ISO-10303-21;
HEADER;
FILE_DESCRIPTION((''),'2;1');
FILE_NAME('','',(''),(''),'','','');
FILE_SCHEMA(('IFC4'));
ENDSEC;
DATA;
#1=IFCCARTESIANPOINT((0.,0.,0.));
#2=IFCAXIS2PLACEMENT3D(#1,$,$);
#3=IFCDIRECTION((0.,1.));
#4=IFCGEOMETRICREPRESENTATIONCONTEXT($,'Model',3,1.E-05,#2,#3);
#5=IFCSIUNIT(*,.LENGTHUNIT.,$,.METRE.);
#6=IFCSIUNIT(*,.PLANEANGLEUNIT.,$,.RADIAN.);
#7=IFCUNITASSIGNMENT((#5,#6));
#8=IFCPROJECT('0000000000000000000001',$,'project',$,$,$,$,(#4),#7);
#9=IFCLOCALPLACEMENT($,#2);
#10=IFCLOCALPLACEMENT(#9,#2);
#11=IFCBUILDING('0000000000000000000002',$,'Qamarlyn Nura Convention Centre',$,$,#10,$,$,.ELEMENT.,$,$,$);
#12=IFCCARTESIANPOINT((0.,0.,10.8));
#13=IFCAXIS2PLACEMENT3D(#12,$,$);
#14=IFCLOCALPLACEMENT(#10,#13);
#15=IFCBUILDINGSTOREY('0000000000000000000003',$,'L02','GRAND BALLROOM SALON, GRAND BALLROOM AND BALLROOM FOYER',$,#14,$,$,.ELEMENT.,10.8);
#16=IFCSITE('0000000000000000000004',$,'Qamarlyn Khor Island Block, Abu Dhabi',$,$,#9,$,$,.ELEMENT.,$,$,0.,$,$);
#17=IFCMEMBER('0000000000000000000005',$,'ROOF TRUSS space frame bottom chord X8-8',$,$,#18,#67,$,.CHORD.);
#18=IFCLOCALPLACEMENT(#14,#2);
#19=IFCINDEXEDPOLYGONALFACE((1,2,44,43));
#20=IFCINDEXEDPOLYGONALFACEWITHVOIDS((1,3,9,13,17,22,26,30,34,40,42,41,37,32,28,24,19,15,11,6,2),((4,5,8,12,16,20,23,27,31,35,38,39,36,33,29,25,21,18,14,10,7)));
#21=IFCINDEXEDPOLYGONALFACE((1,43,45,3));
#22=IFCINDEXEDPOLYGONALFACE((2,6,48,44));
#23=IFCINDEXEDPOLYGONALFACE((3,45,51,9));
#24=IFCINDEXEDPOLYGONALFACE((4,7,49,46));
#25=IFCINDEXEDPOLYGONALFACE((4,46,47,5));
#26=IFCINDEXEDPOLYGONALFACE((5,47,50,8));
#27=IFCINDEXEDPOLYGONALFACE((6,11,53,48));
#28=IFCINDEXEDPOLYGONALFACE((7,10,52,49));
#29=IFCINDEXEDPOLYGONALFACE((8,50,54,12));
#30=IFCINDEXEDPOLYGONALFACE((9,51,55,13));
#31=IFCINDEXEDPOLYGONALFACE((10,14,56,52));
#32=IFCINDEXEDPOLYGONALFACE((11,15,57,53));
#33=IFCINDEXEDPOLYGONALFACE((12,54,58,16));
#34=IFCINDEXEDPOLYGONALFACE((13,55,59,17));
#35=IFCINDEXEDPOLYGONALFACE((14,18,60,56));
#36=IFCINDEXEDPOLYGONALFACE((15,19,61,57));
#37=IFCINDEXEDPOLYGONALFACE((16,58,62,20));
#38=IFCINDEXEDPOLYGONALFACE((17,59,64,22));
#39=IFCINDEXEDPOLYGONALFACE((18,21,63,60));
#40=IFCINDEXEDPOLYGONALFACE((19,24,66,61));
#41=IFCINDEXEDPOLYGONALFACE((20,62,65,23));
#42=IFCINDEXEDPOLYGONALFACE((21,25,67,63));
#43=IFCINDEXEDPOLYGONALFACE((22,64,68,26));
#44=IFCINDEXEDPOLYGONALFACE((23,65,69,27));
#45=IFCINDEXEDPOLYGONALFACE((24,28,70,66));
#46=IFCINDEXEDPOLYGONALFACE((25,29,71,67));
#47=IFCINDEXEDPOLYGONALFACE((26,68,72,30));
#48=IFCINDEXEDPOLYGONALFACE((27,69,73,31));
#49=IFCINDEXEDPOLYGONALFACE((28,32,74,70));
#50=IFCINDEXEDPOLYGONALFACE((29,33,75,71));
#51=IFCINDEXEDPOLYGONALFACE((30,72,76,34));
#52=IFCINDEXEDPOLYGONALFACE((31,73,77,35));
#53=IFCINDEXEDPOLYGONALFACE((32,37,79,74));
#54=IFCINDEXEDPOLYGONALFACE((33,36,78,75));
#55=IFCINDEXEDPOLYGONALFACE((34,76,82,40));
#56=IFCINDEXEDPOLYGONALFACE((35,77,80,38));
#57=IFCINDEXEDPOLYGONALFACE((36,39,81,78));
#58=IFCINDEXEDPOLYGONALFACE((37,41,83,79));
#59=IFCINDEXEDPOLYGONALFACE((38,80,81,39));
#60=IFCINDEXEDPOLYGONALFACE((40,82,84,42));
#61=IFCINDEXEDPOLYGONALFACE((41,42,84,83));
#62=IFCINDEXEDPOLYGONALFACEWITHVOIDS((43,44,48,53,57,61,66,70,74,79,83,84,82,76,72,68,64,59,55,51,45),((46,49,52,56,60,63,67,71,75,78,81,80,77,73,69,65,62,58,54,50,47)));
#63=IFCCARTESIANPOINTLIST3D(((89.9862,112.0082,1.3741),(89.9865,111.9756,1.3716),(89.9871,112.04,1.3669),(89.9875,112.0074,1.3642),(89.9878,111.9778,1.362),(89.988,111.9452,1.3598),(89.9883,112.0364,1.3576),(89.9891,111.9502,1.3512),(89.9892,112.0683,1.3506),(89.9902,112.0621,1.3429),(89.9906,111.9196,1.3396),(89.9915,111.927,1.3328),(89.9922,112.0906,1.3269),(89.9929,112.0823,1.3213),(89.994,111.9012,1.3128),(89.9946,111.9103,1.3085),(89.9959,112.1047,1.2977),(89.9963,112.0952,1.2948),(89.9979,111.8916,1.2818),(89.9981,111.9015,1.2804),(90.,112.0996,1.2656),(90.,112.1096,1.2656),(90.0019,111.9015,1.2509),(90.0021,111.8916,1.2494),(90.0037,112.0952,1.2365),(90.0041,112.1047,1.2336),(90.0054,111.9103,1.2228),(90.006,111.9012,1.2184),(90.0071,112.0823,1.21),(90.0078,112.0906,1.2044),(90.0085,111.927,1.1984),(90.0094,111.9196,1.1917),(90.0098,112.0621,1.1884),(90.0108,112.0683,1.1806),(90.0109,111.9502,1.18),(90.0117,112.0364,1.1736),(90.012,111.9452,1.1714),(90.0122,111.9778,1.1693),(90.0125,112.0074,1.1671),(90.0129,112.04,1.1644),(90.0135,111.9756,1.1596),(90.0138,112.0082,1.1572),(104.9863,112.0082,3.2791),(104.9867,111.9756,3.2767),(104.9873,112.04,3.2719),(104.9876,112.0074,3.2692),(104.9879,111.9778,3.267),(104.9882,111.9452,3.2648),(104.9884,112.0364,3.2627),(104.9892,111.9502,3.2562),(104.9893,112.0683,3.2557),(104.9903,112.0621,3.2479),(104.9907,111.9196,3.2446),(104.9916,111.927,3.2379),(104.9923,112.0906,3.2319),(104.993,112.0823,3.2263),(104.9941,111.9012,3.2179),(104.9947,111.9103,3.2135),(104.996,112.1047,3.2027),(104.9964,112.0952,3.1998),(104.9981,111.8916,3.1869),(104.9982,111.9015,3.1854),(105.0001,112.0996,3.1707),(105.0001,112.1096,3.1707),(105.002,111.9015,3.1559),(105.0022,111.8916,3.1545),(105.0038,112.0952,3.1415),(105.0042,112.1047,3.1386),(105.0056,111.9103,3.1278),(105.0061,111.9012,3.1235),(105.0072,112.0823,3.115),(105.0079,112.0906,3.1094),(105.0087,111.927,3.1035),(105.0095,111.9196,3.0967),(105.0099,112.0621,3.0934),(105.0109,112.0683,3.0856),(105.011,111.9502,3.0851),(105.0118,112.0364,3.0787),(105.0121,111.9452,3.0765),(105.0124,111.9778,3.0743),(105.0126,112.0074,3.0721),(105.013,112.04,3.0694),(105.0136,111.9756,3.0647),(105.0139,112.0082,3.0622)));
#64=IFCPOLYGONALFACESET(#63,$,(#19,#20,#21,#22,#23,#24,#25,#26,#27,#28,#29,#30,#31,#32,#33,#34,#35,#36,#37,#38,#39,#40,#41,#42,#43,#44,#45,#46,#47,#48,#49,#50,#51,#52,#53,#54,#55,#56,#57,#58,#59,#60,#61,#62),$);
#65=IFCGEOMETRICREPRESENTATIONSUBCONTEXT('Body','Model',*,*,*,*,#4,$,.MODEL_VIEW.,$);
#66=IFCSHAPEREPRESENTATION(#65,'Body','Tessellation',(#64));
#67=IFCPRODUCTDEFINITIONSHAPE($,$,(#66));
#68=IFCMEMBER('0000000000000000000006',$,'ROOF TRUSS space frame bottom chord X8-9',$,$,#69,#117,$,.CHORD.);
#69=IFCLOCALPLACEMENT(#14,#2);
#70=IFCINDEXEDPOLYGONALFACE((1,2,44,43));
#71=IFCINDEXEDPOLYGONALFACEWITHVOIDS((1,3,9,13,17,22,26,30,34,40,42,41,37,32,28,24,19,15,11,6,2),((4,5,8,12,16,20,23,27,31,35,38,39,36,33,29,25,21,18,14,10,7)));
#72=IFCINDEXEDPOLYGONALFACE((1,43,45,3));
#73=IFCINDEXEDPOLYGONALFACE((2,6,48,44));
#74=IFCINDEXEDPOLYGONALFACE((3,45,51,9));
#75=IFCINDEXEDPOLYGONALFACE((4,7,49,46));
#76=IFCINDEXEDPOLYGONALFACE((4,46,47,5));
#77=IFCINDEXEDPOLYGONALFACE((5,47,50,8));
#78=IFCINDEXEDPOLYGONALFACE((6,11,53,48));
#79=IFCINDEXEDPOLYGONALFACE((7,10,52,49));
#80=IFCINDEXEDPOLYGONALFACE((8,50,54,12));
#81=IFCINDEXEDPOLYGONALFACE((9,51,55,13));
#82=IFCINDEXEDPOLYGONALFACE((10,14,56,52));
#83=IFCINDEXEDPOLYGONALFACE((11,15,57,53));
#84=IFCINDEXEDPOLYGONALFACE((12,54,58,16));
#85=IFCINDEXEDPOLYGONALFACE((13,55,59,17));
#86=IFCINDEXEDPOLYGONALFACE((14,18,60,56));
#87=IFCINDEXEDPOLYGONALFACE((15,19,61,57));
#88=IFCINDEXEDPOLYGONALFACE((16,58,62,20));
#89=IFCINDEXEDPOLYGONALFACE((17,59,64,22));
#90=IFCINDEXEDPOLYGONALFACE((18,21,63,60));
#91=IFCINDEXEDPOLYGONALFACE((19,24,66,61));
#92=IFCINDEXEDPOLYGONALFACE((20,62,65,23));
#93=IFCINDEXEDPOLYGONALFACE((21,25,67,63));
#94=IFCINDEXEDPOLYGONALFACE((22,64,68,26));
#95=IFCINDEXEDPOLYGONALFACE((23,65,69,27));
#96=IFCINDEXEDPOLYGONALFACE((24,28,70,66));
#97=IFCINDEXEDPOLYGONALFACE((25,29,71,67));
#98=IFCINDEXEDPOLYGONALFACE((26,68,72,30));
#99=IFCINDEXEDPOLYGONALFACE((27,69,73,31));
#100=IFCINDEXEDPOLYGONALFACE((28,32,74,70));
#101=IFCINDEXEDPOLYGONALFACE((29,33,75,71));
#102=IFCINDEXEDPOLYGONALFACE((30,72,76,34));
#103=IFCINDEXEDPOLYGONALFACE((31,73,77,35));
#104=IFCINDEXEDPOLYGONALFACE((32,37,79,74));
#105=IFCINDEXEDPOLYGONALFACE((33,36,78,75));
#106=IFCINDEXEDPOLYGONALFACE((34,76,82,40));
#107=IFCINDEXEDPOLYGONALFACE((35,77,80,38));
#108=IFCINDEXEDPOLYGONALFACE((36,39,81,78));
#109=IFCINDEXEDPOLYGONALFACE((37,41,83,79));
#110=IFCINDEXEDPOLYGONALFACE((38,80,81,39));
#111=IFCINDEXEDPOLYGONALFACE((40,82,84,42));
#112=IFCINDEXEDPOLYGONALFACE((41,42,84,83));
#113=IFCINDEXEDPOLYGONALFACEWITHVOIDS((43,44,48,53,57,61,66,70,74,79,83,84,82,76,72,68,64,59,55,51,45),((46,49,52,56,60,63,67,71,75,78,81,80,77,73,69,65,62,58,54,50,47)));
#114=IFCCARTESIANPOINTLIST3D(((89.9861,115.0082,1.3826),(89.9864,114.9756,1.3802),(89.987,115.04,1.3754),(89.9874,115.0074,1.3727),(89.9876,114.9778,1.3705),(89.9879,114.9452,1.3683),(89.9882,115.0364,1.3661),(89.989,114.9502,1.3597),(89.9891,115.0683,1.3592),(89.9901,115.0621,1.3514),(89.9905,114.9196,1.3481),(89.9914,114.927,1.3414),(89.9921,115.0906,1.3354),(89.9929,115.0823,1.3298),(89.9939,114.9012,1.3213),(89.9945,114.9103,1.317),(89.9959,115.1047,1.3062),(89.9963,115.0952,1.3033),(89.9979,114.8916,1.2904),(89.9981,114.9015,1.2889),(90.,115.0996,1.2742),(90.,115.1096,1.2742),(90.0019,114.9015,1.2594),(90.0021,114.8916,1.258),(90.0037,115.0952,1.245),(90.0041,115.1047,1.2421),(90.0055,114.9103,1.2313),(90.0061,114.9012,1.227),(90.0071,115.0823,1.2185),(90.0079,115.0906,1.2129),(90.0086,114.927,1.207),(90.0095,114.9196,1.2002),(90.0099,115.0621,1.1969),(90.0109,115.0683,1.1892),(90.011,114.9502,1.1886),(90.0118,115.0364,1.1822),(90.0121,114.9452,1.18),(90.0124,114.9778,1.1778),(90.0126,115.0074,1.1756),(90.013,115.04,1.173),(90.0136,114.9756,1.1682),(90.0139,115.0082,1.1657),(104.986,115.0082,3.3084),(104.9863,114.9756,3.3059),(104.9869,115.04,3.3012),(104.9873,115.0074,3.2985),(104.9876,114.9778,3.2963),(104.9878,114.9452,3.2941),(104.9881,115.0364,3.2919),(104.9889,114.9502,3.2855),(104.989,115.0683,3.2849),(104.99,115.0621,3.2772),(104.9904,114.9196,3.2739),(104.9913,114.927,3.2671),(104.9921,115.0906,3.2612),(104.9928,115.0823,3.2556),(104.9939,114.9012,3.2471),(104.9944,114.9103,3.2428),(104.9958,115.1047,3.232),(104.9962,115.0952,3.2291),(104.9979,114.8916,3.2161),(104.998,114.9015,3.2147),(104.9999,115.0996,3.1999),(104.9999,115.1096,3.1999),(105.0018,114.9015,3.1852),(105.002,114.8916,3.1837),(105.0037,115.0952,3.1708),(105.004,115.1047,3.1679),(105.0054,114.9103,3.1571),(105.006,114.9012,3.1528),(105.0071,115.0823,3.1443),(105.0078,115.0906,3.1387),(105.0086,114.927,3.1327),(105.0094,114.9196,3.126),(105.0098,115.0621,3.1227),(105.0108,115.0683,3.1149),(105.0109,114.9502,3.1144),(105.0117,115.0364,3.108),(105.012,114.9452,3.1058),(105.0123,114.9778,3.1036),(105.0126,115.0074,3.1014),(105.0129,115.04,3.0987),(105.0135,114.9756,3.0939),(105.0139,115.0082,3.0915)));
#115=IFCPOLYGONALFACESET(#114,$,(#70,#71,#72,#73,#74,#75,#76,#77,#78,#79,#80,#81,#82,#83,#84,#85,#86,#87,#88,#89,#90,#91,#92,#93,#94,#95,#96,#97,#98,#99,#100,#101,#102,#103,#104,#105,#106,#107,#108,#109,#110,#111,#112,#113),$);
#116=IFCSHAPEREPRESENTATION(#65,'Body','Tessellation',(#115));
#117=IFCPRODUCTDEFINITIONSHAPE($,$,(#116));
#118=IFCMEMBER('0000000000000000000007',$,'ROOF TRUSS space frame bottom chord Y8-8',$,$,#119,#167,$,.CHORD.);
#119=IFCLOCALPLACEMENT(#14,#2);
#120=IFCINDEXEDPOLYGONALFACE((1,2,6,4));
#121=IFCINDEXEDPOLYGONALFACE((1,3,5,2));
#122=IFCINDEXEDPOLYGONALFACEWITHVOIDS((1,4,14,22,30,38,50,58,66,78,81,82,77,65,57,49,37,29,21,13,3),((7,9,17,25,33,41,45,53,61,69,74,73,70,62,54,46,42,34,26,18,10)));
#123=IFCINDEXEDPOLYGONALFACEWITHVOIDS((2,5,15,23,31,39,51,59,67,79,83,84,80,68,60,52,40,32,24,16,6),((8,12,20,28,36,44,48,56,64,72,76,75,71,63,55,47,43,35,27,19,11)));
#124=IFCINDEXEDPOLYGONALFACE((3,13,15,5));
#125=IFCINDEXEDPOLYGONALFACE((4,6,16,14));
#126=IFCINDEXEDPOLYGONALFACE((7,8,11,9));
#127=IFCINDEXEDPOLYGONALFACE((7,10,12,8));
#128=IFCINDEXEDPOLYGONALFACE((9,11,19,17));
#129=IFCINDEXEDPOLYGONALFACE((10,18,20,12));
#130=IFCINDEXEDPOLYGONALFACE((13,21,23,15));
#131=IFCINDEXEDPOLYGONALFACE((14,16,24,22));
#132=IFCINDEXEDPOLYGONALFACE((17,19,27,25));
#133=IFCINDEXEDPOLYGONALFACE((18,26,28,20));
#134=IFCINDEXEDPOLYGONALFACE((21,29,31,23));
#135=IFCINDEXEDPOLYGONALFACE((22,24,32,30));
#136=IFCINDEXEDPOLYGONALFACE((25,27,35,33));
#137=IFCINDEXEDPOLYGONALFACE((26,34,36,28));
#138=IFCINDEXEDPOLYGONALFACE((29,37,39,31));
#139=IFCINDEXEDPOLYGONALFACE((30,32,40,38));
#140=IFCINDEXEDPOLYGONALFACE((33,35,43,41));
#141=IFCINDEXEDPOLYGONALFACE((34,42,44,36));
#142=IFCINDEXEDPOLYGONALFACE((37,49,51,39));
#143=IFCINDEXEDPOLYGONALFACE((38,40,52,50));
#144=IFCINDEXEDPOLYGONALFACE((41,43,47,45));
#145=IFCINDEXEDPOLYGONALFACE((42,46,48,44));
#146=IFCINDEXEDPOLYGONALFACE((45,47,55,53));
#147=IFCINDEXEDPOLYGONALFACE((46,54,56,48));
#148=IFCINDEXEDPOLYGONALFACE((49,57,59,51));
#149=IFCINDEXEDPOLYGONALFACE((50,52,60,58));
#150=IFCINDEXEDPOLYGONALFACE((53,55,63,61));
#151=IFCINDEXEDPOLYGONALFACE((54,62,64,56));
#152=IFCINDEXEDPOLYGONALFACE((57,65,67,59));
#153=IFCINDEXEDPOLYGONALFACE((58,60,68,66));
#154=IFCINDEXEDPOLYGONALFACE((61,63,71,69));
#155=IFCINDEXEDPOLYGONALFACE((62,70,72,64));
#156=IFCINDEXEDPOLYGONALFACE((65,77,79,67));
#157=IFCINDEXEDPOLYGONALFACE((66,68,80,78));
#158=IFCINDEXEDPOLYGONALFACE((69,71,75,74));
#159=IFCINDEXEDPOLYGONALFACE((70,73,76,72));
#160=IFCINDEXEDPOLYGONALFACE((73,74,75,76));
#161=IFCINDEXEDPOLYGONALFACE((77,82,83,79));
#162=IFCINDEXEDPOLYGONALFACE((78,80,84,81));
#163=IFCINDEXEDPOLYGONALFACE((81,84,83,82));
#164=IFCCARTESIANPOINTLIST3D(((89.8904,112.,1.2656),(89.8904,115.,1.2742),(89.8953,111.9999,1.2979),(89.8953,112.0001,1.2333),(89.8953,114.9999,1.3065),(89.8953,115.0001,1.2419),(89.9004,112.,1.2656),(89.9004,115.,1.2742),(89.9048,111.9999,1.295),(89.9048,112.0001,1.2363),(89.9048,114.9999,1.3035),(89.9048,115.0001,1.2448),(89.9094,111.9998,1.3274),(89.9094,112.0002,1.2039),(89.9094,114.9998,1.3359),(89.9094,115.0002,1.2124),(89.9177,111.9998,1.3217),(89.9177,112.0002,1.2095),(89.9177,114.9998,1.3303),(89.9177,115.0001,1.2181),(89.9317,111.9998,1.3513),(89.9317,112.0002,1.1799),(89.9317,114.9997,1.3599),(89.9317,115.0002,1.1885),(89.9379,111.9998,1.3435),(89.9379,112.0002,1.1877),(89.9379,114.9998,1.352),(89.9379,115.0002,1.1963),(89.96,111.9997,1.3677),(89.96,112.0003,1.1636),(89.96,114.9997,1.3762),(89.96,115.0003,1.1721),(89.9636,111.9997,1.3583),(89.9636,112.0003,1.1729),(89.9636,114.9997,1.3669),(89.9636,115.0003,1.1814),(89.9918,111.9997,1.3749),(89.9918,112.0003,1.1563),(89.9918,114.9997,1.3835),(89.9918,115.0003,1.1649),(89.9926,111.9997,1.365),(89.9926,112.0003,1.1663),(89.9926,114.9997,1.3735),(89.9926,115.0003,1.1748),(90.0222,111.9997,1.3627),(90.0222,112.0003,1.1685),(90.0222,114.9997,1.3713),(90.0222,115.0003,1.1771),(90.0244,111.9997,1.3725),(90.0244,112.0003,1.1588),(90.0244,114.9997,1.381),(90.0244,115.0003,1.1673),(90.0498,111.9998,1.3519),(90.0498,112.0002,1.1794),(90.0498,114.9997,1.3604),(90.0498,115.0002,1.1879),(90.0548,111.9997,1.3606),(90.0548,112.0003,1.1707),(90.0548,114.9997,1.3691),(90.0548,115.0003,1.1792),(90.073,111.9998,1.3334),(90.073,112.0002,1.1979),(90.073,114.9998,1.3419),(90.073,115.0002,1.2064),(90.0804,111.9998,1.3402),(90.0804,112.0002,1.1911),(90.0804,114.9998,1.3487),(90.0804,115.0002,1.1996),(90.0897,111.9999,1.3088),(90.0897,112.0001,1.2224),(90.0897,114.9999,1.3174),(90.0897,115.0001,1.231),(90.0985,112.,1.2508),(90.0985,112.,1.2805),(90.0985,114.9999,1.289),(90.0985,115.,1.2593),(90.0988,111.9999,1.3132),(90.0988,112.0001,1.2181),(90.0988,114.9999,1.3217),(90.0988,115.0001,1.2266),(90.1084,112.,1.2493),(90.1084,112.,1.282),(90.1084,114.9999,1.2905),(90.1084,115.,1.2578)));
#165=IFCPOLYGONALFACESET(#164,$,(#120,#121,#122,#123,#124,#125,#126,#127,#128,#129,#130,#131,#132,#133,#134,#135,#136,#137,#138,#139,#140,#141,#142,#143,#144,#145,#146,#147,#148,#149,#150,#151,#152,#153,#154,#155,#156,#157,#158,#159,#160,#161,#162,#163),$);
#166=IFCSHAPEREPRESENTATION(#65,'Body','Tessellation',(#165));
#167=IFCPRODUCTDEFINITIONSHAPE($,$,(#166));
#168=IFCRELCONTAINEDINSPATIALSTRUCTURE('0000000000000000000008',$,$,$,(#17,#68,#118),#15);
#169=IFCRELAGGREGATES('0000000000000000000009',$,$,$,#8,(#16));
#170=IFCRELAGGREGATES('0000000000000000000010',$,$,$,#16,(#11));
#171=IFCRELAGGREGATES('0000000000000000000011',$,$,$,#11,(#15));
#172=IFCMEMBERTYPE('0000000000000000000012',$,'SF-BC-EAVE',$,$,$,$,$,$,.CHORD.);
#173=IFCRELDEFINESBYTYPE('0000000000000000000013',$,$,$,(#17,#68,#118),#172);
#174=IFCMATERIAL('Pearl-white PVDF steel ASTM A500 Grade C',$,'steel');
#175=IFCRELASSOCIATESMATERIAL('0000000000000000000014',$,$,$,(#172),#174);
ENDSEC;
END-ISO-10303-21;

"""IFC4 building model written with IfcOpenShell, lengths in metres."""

from ifc_helpers import new_model, si_unit, direction, frame, origin, origin_2d, place, context, subcontext, project, spatial, hollow_circle, extrude, material, material_profile, profile_set, type_object, element, save


model = new_model("IFC4")

# Units and contexts
model_context = context("Model", 3, precision=1e-05, world=origin(), true_north=direction((0.0, 1.0)))
body_context = subcontext(model_context, "Body", "Model", "MODEL_VIEW")
ifc_project = project(units=[si_unit("LENGTHUNIT", "METRE"), si_unit("PLANEANGLEUNIT", "RADIAN")], contexts=[model_context])

# Site, building, storey
site_placement = place(None, origin())
site = spatial("IfcSite", under=ifc_project, at=site_placement, Name="Qamarlyn Khor Island Block, Abu Dhabi", CompositionType="ELEMENT", RefElevation=0.0)
building_placement = place(site_placement, origin())
building = spatial("IfcBuilding", under=site, at=building_placement, Name="Qamarlyn Nura Convention Centre", CompositionType="ELEMENT")
storey_placement = place(building_placement, frame((0.0, 0.0, 10.8)))
storey = spatial("IfcBuildingStorey", under=building, at=storey_placement, Name="L02", Description="GRAND BALLROOM SALON, GRAND BALLROOM AND BALLROOM FOYER", CompositionType="ELEMENT", Elevation=10.8)

# Members
ifc_material_1 = material(Name="Pearl-white PVDF steel ASTM A500 Grade C", Category="steel")
ifc_material_profile_1 = material_profile(ifc_material_1, hollow_circle(Radius=0.1096, WallThickness=0.01, at=origin_2d()), Name="CHS219.1X10")
ifc_profile_set_1 = profile_set([ifc_material_profile_1], Name="Pearl-white PVDF steel ASTM A500 Grade C")
member_type_1 = type_object("IfcMemberType", Name="SF-BC-EAVE", PredefinedType="CHORD", material=ifc_profile_set_1)
member_1_placement = place(storey_placement, frame((90.0, 112.0, 1.2656), z_axis=(0.992032, 0.0, 0.12599), x_axis=(0.0, 1.0, 0.0)))
element("IfcMember", 1, at=member_1_placement, inside=storey, type_object=member_type_1, Name="ROOF TRUSS space frame bottom chord X8-8", PredefinedType="CHORD", context=body_context, shape_type="SweptSolid", body=[
    extrude(hollow_circle(Radius=0.1096, WallThickness=0.01, at=origin_2d()), origin(), (0.0, 0.0, 1.0), 15.1206),
])
member_2_placement = place(storey_placement, frame((90.0, 115.0, 1.2742), z_axis=(0.991859, 0.0, 0.12734), x_axis=(0.0, 1.0, 0.0)))
element("IfcMember", 2, at=member_2_placement, inside=storey, type_object=member_type_1, Name="ROOF TRUSS space frame bottom chord X8-9", PredefinedType="CHORD", context=body_context, shape_type="SweptSolid", body=[
    extrude(hollow_circle(Radius=0.1096, WallThickness=0.01, at=origin_2d()), origin(), (0.0, 0.0, 1.0), 15.123),
])
member_3_placement = place(storey_placement, frame((90.0, 112.0, 1.2656), z_axis=(0.0, 0.999996, 0.002848), x_axis=(-1.0, 0.0, 0.0)))
element("IfcMember", 3, at=member_3_placement, inside=storey, type_object=member_type_1, Name="ROOF TRUSS space frame bottom chord Y8-8", PredefinedType="CHORD", context=body_context, shape_type="SweptSolid", body=[
    extrude(hollow_circle(Radius=0.1096, WallThickness=0.01, at=origin_2d()), origin(), (0.0, 0.0, 1.0), 3.0),
])

save(model, "model.ifc")
